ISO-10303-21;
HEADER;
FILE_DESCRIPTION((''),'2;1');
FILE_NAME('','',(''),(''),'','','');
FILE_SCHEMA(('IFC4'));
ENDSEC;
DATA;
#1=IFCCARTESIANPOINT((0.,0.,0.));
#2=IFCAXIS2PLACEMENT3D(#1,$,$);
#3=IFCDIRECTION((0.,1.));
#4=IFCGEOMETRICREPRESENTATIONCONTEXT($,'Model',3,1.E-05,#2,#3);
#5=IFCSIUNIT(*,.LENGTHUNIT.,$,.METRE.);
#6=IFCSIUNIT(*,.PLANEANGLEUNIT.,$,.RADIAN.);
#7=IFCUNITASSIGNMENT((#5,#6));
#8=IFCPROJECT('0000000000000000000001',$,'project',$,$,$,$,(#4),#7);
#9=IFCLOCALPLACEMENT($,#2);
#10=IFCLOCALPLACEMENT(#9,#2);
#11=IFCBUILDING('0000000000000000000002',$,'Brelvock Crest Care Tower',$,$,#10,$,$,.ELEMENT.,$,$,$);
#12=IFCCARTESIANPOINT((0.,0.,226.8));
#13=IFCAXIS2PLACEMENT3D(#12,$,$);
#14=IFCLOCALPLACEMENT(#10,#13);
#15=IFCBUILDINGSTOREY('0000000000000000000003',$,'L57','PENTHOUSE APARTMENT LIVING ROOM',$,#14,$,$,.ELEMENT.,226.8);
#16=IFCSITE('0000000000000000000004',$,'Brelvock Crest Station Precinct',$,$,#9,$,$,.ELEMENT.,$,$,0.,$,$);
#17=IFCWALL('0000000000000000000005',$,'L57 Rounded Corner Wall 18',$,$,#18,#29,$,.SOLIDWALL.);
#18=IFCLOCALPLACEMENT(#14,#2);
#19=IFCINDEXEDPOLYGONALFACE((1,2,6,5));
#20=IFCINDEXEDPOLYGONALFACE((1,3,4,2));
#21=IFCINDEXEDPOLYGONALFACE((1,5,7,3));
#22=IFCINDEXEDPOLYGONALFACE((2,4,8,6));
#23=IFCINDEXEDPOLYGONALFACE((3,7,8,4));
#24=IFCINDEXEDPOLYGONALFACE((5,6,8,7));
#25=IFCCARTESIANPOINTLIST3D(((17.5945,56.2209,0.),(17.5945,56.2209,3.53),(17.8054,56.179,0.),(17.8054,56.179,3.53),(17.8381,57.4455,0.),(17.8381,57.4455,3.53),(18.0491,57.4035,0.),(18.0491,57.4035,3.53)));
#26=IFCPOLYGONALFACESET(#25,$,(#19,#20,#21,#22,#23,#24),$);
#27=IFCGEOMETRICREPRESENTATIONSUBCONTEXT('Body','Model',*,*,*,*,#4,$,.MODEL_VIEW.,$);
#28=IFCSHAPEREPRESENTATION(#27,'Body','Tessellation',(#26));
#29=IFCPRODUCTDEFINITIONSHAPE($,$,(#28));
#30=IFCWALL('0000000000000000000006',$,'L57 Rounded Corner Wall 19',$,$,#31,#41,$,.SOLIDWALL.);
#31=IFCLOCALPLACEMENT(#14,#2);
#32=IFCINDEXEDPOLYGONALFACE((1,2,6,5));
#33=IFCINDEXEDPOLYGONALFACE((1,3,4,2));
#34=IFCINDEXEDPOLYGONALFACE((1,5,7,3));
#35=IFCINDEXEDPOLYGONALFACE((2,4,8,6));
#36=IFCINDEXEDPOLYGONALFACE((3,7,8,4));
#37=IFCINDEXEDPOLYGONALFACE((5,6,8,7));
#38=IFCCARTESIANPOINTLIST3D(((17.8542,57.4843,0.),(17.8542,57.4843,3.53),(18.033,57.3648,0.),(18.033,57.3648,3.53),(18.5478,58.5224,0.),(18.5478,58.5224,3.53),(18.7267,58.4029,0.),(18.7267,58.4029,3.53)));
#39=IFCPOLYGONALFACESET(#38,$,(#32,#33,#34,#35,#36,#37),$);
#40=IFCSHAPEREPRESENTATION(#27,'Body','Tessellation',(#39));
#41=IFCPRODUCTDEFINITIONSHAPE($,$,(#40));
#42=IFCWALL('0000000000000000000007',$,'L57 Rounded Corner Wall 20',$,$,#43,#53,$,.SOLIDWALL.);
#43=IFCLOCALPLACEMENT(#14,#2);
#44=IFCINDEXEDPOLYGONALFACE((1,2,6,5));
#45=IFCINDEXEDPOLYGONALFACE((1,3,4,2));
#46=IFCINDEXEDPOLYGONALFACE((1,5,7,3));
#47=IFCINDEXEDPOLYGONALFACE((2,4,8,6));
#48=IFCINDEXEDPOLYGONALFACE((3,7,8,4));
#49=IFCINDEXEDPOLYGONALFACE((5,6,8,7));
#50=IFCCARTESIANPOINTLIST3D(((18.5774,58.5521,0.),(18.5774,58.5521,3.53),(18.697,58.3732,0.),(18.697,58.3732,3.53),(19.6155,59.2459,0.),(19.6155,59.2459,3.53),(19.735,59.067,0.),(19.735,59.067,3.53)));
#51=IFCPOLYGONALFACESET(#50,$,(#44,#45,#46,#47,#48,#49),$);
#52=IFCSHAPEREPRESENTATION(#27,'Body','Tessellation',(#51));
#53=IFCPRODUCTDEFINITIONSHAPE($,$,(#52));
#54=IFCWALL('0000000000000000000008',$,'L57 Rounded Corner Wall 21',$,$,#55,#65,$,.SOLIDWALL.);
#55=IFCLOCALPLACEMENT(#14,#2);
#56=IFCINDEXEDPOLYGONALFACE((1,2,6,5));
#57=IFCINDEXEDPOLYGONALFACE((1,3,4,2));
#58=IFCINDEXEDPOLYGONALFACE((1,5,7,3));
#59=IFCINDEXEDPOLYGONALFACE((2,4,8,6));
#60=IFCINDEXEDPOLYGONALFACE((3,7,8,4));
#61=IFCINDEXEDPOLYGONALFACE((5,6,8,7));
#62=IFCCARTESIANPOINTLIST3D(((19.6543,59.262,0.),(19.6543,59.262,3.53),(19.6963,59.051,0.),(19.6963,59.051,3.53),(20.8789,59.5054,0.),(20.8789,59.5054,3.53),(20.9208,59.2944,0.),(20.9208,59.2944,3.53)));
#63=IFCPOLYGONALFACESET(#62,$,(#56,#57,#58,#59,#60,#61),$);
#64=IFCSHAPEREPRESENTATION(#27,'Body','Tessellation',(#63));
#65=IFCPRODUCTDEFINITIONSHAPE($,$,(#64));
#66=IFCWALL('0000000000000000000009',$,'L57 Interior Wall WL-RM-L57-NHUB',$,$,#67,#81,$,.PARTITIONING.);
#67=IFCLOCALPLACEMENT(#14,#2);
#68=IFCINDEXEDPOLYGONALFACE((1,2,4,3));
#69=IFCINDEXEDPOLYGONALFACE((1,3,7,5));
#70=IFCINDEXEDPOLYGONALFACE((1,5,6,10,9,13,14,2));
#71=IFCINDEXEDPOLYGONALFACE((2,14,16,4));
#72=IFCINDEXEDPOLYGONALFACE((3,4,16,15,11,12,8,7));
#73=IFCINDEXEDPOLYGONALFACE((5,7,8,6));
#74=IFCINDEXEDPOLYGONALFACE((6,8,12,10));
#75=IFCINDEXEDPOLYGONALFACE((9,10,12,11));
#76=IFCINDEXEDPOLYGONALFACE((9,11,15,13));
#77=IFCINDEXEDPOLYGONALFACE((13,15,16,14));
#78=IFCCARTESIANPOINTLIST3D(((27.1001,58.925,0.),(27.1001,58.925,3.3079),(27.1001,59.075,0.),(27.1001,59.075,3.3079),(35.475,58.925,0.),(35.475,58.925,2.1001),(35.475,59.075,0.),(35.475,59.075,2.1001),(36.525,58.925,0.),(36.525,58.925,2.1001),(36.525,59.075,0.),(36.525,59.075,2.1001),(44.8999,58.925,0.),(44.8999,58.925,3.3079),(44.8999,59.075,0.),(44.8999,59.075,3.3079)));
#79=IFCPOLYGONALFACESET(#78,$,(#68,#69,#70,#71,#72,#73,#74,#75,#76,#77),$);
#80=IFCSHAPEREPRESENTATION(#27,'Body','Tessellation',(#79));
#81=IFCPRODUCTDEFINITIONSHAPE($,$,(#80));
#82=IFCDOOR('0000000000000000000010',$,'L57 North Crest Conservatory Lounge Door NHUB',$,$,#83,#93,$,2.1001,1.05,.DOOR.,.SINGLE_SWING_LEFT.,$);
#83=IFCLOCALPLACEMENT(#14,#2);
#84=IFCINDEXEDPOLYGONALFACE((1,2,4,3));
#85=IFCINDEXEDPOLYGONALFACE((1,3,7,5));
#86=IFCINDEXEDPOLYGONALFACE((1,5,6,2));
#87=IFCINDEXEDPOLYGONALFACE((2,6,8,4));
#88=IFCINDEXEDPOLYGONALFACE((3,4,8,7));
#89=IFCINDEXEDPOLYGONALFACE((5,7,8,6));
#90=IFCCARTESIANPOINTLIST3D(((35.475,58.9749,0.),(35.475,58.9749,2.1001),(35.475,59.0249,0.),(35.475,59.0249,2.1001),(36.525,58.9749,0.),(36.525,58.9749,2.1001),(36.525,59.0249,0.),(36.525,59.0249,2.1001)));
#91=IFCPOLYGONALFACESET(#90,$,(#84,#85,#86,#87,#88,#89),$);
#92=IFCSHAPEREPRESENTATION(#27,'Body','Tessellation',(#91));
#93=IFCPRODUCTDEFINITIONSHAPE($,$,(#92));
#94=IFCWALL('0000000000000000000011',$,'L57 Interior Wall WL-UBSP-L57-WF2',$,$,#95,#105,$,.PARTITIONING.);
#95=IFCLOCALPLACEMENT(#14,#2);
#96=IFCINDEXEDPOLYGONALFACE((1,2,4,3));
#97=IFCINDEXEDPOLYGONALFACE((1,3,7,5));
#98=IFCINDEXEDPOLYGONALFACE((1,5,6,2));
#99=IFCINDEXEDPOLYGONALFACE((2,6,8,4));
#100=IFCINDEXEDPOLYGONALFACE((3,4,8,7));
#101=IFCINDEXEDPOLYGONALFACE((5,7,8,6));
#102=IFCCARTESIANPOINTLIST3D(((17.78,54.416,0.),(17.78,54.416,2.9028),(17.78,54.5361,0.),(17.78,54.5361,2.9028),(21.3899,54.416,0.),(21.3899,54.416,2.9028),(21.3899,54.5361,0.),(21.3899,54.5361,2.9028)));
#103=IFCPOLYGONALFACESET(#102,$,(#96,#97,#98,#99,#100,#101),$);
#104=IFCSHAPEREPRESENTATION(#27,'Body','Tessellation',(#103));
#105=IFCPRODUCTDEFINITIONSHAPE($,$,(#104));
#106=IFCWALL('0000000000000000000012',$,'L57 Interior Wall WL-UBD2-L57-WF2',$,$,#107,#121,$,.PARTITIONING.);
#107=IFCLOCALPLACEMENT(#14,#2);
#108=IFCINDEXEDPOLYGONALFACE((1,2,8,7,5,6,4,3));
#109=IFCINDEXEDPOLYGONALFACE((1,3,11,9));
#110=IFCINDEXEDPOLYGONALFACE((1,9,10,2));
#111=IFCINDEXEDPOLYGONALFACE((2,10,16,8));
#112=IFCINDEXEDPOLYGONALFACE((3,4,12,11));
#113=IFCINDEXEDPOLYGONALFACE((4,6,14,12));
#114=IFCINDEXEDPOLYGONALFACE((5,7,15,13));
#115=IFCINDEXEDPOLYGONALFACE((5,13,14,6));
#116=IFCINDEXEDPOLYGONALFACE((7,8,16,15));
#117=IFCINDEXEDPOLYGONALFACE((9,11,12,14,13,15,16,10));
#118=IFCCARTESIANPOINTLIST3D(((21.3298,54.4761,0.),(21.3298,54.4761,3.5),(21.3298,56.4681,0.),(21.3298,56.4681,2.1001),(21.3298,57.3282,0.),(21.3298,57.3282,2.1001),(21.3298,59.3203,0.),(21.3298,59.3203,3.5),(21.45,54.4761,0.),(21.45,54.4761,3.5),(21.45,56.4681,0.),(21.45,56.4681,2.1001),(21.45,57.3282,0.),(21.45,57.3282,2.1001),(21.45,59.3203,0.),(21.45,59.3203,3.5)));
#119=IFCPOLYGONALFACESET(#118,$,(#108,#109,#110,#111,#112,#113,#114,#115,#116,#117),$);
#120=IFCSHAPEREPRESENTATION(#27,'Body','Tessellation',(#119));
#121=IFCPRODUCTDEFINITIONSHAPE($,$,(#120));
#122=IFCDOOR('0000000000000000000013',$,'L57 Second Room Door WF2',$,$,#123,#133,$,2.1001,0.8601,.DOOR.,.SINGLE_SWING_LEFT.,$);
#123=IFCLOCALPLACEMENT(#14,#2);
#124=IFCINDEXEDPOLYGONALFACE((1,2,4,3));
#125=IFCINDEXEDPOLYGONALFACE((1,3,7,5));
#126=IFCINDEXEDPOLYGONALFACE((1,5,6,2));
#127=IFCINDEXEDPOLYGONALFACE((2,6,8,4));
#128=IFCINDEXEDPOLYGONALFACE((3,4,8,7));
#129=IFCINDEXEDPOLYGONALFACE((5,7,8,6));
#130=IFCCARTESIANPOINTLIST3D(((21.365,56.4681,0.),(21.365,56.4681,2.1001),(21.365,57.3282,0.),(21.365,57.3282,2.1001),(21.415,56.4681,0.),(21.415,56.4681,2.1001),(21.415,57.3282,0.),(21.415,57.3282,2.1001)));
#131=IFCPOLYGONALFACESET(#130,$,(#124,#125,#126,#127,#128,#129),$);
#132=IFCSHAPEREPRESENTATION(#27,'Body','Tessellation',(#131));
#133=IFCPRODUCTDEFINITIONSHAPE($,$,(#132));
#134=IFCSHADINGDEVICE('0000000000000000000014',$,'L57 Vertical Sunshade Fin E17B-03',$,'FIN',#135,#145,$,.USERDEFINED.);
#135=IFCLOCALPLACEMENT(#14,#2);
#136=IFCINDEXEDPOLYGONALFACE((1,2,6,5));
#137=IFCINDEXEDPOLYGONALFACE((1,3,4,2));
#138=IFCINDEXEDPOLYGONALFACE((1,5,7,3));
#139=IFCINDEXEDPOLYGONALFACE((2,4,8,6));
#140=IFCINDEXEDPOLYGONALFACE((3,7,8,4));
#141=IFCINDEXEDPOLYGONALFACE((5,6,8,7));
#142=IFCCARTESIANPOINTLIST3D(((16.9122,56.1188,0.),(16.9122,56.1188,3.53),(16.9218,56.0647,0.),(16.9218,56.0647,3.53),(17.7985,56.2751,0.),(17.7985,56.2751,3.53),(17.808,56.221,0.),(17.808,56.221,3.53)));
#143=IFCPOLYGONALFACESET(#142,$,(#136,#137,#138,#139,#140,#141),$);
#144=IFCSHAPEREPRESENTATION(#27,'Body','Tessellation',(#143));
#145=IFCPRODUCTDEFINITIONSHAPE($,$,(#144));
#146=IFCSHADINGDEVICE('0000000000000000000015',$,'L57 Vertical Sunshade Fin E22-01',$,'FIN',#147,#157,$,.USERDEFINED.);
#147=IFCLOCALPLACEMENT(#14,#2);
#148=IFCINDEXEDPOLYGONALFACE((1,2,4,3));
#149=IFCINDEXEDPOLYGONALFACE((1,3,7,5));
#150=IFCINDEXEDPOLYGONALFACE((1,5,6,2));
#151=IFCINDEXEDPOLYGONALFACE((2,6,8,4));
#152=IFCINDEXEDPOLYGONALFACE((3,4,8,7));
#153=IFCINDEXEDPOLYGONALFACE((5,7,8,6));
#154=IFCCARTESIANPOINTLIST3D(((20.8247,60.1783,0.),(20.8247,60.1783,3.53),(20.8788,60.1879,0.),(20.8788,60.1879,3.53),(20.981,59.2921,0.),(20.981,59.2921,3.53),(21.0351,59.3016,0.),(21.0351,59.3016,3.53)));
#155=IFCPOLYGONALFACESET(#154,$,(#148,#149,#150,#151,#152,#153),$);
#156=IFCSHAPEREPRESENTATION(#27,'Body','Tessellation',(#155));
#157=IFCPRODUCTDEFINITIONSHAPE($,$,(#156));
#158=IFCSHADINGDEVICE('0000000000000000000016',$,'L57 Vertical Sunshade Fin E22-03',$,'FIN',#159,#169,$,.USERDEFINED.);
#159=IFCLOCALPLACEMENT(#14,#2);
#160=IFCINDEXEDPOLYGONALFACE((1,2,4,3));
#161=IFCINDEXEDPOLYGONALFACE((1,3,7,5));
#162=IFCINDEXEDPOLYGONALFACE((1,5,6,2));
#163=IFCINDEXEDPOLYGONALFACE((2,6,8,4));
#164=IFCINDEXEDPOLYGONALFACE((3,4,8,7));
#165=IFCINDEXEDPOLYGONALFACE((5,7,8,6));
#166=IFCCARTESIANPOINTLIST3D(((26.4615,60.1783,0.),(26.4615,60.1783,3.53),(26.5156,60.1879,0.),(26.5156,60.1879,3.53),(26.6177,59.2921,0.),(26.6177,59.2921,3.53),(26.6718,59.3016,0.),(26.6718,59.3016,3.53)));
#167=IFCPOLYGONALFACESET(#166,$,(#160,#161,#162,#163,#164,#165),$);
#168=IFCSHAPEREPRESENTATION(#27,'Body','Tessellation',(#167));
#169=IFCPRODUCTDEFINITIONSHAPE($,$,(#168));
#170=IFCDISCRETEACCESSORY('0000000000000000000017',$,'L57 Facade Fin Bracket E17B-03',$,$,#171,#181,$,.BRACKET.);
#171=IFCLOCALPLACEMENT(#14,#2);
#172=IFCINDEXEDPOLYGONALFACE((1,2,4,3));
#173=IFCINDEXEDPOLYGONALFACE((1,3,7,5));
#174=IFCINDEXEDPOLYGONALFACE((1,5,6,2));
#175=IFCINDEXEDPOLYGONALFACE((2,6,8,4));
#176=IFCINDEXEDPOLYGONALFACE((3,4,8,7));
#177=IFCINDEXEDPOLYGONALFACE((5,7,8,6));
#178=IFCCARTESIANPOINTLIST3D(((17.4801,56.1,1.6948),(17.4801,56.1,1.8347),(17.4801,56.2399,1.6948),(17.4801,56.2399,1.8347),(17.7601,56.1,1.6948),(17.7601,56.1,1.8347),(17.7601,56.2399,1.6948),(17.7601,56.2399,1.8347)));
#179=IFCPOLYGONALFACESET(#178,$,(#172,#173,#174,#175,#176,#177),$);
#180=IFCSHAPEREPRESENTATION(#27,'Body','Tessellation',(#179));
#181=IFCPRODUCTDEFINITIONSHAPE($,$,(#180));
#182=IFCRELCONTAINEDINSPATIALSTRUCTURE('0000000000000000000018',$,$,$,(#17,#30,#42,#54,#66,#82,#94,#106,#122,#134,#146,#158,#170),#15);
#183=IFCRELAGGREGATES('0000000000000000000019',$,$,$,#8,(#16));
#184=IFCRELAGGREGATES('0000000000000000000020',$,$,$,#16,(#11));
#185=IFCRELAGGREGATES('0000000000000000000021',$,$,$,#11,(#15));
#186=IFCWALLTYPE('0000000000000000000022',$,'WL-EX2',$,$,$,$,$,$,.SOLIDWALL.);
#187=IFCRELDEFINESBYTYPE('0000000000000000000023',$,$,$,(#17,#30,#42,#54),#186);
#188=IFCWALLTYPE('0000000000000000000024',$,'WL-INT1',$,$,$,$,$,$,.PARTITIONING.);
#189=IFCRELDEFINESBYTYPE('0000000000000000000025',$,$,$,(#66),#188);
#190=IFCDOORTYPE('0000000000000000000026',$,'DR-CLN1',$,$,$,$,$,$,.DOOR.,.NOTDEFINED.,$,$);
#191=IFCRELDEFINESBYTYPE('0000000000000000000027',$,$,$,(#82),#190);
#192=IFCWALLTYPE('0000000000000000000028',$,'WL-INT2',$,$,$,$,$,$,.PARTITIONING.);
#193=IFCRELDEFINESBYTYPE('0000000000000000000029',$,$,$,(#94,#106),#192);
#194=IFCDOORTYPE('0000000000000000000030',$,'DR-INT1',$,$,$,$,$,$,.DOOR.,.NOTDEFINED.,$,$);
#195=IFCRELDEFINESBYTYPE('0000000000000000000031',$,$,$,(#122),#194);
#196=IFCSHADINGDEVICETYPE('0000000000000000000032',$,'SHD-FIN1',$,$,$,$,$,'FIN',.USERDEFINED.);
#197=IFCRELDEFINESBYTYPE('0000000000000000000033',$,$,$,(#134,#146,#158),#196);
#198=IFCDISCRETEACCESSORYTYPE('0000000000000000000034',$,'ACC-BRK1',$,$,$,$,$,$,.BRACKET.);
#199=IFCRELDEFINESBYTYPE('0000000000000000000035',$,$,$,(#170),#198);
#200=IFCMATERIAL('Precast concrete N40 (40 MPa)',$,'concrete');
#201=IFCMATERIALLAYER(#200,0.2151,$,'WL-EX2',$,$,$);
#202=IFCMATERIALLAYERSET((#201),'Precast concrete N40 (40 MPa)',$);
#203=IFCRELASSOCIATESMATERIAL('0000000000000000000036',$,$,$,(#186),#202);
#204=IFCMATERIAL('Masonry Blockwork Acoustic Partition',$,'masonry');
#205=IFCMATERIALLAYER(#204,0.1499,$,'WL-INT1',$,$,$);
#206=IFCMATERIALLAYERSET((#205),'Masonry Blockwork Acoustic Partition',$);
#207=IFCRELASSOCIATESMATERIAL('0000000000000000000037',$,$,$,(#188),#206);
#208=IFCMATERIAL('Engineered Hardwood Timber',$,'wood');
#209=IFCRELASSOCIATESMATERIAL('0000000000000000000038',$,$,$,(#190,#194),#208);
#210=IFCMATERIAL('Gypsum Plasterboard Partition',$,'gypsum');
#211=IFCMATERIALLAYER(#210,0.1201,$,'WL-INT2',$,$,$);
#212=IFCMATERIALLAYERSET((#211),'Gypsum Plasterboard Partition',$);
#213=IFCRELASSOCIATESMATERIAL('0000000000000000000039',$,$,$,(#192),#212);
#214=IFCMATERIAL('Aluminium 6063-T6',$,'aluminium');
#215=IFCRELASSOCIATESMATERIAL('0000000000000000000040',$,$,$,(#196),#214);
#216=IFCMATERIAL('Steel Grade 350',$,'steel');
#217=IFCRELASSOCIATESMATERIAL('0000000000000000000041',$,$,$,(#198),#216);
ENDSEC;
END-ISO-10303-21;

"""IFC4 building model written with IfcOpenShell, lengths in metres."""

from ifc_helpers import new_model, si_unit, direction, frame, frame_2d, origin, origin_2d, place, context, subcontext, project, spatial, rectangle, extrude, source, transform, mapped, material, layer, layer_set, material_profile, profile_set, type_object, element, fill, save


model = new_model("IFC4")

# Units and contexts
model_context = context("Model", 3, precision=1e-05, world=origin(), true_north=direction((0.0, 1.0)))
body_context = subcontext(model_context, "Body", "Model", "MODEL_VIEW")
ifc_project = project(units=[si_unit("LENGTHUNIT", "METRE"), si_unit("PLANEANGLEUNIT", "RADIAN")], contexts=[model_context])

# Site, building, storey
site_placement = place(None, origin())
site = spatial("IfcSite", under=ifc_project, at=site_placement, Name="Brelvock Crest Station Precinct", CompositionType="ELEMENT", RefElevation=0.0)
building_placement = place(site_placement, origin())
building = spatial("IfcBuilding", under=site, at=building_placement, Name="Brelvock Crest Care Tower", CompositionType="ELEMENT")
storey_placement = place(building_placement, frame((0.0, 0.0, 226.8)))
storey = spatial("IfcBuildingStorey", under=building, at=storey_placement, Name="L57", Description="PENTHOUSE APARTMENT LIVING ROOM", CompositionType="ELEMENT", Elevation=226.8)

# Shared definitions
ifc_material_1 = material(Name="Steel Grade 350", Category="steel")

# Shared definitions
ifc_material_2 = material(Name="Aluminium 6063-T6", Category="aluminium")

# Walls
ifc_material_3 = material(Name="Precast concrete N40 (40 MPa)", Category="concrete")
ifc_layer_1 = layer(ifc_material_3, 0.2151, Name="WL-EX2")
ifc_layer_set_1 = layer_set([ifc_layer_1], Name="Precast concrete N40 (40 MPa)")
wall_type_1 = type_object("IfcWallType", Name="WL-EX2", PredefinedType="SOLIDWALL", material=ifc_layer_set_1)
for number, where, z_axis, x_axis, name in (
    (1, (17.7, 56.2, 0.0), (0.0, 0.0, 1.0), (0.195138, 0.980776, 0.0), "L57 Rounded Corner Wall 18"),
    (2, (17.9436, 57.4246, 0.0), (0.0, 0.0, 1.0), (0.555557, 0.831478, 0.0), "L57 Rounded Corner Wall 19"),
    (3, (18.6372, 58.4626, 0.0), (0.0, 0.0, 1.0), (0.831388, 0.555692, 0.0), "L57 Rounded Corner Wall 20"),
    (4, (19.6753, 59.1565, 0.0), (0.0, 0.0, 1.0), (0.980813, 0.19495, 0.0), "L57 Rounded Corner Wall 21"),
):
    element("IfcWall", number, at=place(storey_placement, frame(where, z_axis=z_axis, x_axis=x_axis)), inside=storey, type_object=wall_type_1, Name=name, PredefinedType="SOLIDWALL", context=body_context, shape_type="SweptSolid", body=[
        extrude(rectangle(XDim=1.2485, YDim=0.2151, at=frame_2d((0.6243, 0.0))), origin(), (0.0, 0.0, 1.0), 3.53),
    ])

# Wall, opening, door
ifc_material_4 = material(Name="Masonry Blockwork Acoustic Partition", Category="masonry")
ifc_layer_2 = layer(ifc_material_4, 0.1499, Name="WL-INT1")
ifc_layer_set_2 = layer_set([ifc_layer_2], Name="Masonry Blockwork Acoustic Partition")
wall_type_2 = type_object("IfcWallType", Name="WL-INT1", PredefinedType="PARTITIONING", material=ifc_layer_set_2)
wall_1_placement = place(storey_placement, frame((27.1001, 59.0, 0.0), z_axis=(0.0, 0.0, 1.0), x_axis=(1.0, 0.0, 0.0)))
wall_1 = element("IfcWall", 5, at=wall_1_placement, inside=storey, type_object=wall_type_2, Name="L57 Interior Wall WL-RM-L57-NHUB", PredefinedType="PARTITIONING", context=body_context, shape_type="SweptSolid", body=[
    extrude(rectangle(XDim=17.7998, YDim=0.1499, at=frame_2d((8.8999, 0.0))), origin(), (0.0, 0.0, 1.0), 3.3079),
])
opening_1_placement = place(wall_1_placement, frame((8.375, 0.0, 0.0)))
opening_1 = element("IfcOpeningElement", 6, at=opening_1_placement, cuts=wall_1, PredefinedType="OPENING", context=body_context, shape_type="SweptSolid", body=[
    extrude(rectangle(XDim=1.05, YDim=2.1001, at=origin_2d()), frame((0.5249, 0.085, 1.05), z_axis=(0.0, -1.0, 0.0), x_axis=(1.0, 0.0, 0.0)), (0.0, 0.0, 1.0), 0.1699),
])
ifc_material_5 = material(Name="Engineered Hardwood Timber", Category="wood")
door_type_1 = type_object("IfcDoorType", Name="DR-CLN1", OperationType="NOTDEFINED", PredefinedType="DOOR", material=ifc_material_5)
shared_shape_1 = source(origin(), body_context, "Body", "SweptSolid", [
    extrude(rectangle(XDim=1.05, YDim=2.1001, at=origin_2d()), frame((0.5249, 0.0249, 1.05), z_axis=(0.0, -1.0, 0.0), x_axis=(1.0, 0.0, 0.0)), (0.0, 0.0, 1.0), 0.05),
])
door_1_placement = place(opening_1_placement, origin())
door_1 = element("IfcDoor", 7, at=door_1_placement, inside=storey, type_object=door_type_1, Name="L57 North Crest Conservatory Lounge Door NHUB", OperationType="SINGLE_SWING_LEFT", OverallHeight=2.1001, OverallWidth=1.05, PredefinedType="DOOR", context=body_context, shape_type="MappedRepresentation", body=[
    mapped(shared_shape_1, transform((0.0, 0.0, 0.0), x_axis=(1.0, 0.0, 0.0), y_axis=(0.0, 1.0, 0.0), z_axis=(0.0, 0.0, 1.0), scale=1.0)),
])
fill(opening_1, door_1)

# Wall
ifc_material_6 = material(Name="Gypsum Plasterboard Partition", Category="gypsum")
ifc_layer_3 = layer(ifc_material_6, 0.1201, Name="WL-INT2")
ifc_layer_set_3 = layer_set([ifc_layer_3], Name="Gypsum Plasterboard Partition")
wall_type_3 = type_object("IfcWallType", Name="WL-INT2", PredefinedType="PARTITIONING", material=ifc_layer_set_3)
wall_2_placement = place(storey_placement, frame((17.78, 54.4761, 0.0), z_axis=(0.0, 0.0, 1.0), x_axis=(1.0, 0.0, 0.0)))
element("IfcWall", 8, at=wall_2_placement, inside=storey, type_object=wall_type_3, Name="L57 Interior Wall WL-UBSP-L57-WF2", PredefinedType="PARTITIONING", context=body_context, shape_type="SweptSolid", body=[
    extrude(rectangle(XDim=3.6099, YDim=0.1201, at=frame_2d((1.8049, 0.0))), origin(), (0.0, 0.0, 1.0), 2.9028),
])

# Wall, opening, door
wall_3_placement = place(storey_placement, frame((21.3899, 54.4761, 0.0), z_axis=(0.0, 0.0, 1.0), x_axis=(0.0, 1.0, 0.0)))
wall_3 = element("IfcWall", 9, at=wall_3_placement, inside=storey, type_object=wall_type_3, Name="L57 Interior Wall WL-UBD2-L57-WF2", PredefinedType="PARTITIONING", context=body_context, shape_type="SweptSolid", body=[
    extrude(rectangle(XDim=4.8442, YDim=0.1201, at=frame_2d((2.4221, 0.0))), origin(), (0.0, 0.0, 1.0), 3.5),
])
opening_2_placement = place(wall_3_placement, frame((1.9919, 0.0, 0.0)))
opening_2 = element("IfcOpeningElement", 10, at=opening_2_placement, cuts=wall_3, PredefinedType="OPENING", context=body_context, shape_type="SweptSolid", body=[
    extrude(rectangle(XDim=0.8601, YDim=2.1001, at=origin_2d()), frame((0.4302, 0.0701, 1.05), z_axis=(0.0, -1.0, 0.0), x_axis=(1.0, 0.0, 0.0)), (0.0, 0.0, 1.0), 0.1401),
])
door_type_2 = type_object("IfcDoorType", Name="DR-INT1", OperationType="NOTDEFINED", PredefinedType="DOOR", material=ifc_material_5)
shared_shape_2 = source(origin(), body_context, "Body", "SweptSolid", [
    extrude(rectangle(XDim=0.8601, YDim=2.1001, at=origin_2d()), frame((0.4302, 0.0249, 1.05), z_axis=(0.0, -1.0, 0.0), x_axis=(1.0, 0.0, 0.0)), (0.0, 0.0, 1.0), 0.05),
])
door_2_placement = place(opening_2_placement, origin())
door_2 = element("IfcDoor", 11, at=door_2_placement, inside=storey, type_object=door_type_2, Name="L57 Second Room Door WF2", OperationType="SINGLE_SWING_LEFT", OverallHeight=2.1001, OverallWidth=0.8601, PredefinedType="DOOR", context=body_context, shape_type="MappedRepresentation", body=[
    mapped(shared_shape_2, transform((0.0, 0.0, 0.0), x_axis=(1.0, 0.0, 0.0), y_axis=(0.0, 1.0, 0.0), z_axis=(0.0, 0.0, 1.0), scale=1.0)),
])
fill(opening_2, door_2)

# Shading devices
ifc_material_profile_1 = material_profile(ifc_material_2, rectangle(XDim=0.0549, YDim=0.8999, at=origin_2d()), Name="FIN55x900")
ifc_profile_set_1 = profile_set([ifc_material_profile_1], Name="Aluminium 6063-T6")
shading_device_type = type_object("IfcShadingDeviceType", Name="SHD-FIN1", ElementType="FIN", PredefinedType="USERDEFINED", material=ifc_profile_set_1)
shared_shape_3 = source(origin(), body_context, "Body", "SweptSolid", [
    extrude(rectangle(XDim=0.0549, YDim=0.8999, at=origin_2d()), origin(), (0.0, 0.0, 1.0), 3.53),
])
for number, where, z_axis, x_axis, name in (
    (12, (17.3601, 56.1699, 0.0), (0.0, 0.0, 1.0), (-0.173648, 0.984808, 0.0), "L57 Vertical Sunshade Fin E17B-03"),
    (13, (20.9299, 59.74, 0.0), (0.0, 0.0, 1.0), (0.984808, 0.173648, 0.0), "L57 Vertical Sunshade Fin E22-01"),
    (14, (26.5667, 59.74, 0.0), (0.0, 0.0, 1.0), (0.984808, 0.173648, 0.0), "L57 Vertical Sunshade Fin E22-03"),
):
    element("IfcShadingDevice", number, at=place(storey_placement, frame(where, z_axis=z_axis, x_axis=x_axis)), inside=storey, type_object=shading_device_type, Name=name, ObjectType="FIN", PredefinedType="USERDEFINED", context=body_context, shape_type="MappedRepresentation", body=[
        mapped(shared_shape_3, transform((0.0, 0.0, 0.0), x_axis=(1.0, 0.0, 0.0), y_axis=(0.0, 1.0, 0.0), z_axis=(0.0, 0.0, 1.0), scale=1.0)),
    ])

# Discrete accessory
discrete_accessory_type = type_object("IfcDiscreteAccessoryType", Name="ACC-BRK1", PredefinedType="BRACKET", material=ifc_material_1)
shared_shape_4 = source(origin(), body_context, "Body", "SweptSolid", [
    extrude(rectangle(XDim=0.28, YDim=0.1399, at=origin_2d()), origin(), (0.0, 0.0, 1.0), 0.1399),
])
for number, where, z_axis, x_axis, name in (
    (15, (17.6201, 56.1699, 1.6948), (0.0, 0.0, 1.0), (-1.0, 0.0, 0.0), "L57 Facade Fin Bracket E17B-03"),
):
    element("IfcDiscreteAccessory", number, at=place(storey_placement, frame(where, z_axis=z_axis, x_axis=x_axis)), inside=storey, type_object=discrete_accessory_type, Name=name, PredefinedType="BRACKET", context=body_context, shape_type="MappedRepresentation", body=[
        mapped(shared_shape_4, transform((0.0, 0.0, 0.0), x_axis=(1.0, 0.0, 0.0), y_axis=(0.0, 1.0, 0.0), z_axis=(0.0, 0.0, 1.0), scale=1.0)),
    ])

save(model, "model.ifc")
